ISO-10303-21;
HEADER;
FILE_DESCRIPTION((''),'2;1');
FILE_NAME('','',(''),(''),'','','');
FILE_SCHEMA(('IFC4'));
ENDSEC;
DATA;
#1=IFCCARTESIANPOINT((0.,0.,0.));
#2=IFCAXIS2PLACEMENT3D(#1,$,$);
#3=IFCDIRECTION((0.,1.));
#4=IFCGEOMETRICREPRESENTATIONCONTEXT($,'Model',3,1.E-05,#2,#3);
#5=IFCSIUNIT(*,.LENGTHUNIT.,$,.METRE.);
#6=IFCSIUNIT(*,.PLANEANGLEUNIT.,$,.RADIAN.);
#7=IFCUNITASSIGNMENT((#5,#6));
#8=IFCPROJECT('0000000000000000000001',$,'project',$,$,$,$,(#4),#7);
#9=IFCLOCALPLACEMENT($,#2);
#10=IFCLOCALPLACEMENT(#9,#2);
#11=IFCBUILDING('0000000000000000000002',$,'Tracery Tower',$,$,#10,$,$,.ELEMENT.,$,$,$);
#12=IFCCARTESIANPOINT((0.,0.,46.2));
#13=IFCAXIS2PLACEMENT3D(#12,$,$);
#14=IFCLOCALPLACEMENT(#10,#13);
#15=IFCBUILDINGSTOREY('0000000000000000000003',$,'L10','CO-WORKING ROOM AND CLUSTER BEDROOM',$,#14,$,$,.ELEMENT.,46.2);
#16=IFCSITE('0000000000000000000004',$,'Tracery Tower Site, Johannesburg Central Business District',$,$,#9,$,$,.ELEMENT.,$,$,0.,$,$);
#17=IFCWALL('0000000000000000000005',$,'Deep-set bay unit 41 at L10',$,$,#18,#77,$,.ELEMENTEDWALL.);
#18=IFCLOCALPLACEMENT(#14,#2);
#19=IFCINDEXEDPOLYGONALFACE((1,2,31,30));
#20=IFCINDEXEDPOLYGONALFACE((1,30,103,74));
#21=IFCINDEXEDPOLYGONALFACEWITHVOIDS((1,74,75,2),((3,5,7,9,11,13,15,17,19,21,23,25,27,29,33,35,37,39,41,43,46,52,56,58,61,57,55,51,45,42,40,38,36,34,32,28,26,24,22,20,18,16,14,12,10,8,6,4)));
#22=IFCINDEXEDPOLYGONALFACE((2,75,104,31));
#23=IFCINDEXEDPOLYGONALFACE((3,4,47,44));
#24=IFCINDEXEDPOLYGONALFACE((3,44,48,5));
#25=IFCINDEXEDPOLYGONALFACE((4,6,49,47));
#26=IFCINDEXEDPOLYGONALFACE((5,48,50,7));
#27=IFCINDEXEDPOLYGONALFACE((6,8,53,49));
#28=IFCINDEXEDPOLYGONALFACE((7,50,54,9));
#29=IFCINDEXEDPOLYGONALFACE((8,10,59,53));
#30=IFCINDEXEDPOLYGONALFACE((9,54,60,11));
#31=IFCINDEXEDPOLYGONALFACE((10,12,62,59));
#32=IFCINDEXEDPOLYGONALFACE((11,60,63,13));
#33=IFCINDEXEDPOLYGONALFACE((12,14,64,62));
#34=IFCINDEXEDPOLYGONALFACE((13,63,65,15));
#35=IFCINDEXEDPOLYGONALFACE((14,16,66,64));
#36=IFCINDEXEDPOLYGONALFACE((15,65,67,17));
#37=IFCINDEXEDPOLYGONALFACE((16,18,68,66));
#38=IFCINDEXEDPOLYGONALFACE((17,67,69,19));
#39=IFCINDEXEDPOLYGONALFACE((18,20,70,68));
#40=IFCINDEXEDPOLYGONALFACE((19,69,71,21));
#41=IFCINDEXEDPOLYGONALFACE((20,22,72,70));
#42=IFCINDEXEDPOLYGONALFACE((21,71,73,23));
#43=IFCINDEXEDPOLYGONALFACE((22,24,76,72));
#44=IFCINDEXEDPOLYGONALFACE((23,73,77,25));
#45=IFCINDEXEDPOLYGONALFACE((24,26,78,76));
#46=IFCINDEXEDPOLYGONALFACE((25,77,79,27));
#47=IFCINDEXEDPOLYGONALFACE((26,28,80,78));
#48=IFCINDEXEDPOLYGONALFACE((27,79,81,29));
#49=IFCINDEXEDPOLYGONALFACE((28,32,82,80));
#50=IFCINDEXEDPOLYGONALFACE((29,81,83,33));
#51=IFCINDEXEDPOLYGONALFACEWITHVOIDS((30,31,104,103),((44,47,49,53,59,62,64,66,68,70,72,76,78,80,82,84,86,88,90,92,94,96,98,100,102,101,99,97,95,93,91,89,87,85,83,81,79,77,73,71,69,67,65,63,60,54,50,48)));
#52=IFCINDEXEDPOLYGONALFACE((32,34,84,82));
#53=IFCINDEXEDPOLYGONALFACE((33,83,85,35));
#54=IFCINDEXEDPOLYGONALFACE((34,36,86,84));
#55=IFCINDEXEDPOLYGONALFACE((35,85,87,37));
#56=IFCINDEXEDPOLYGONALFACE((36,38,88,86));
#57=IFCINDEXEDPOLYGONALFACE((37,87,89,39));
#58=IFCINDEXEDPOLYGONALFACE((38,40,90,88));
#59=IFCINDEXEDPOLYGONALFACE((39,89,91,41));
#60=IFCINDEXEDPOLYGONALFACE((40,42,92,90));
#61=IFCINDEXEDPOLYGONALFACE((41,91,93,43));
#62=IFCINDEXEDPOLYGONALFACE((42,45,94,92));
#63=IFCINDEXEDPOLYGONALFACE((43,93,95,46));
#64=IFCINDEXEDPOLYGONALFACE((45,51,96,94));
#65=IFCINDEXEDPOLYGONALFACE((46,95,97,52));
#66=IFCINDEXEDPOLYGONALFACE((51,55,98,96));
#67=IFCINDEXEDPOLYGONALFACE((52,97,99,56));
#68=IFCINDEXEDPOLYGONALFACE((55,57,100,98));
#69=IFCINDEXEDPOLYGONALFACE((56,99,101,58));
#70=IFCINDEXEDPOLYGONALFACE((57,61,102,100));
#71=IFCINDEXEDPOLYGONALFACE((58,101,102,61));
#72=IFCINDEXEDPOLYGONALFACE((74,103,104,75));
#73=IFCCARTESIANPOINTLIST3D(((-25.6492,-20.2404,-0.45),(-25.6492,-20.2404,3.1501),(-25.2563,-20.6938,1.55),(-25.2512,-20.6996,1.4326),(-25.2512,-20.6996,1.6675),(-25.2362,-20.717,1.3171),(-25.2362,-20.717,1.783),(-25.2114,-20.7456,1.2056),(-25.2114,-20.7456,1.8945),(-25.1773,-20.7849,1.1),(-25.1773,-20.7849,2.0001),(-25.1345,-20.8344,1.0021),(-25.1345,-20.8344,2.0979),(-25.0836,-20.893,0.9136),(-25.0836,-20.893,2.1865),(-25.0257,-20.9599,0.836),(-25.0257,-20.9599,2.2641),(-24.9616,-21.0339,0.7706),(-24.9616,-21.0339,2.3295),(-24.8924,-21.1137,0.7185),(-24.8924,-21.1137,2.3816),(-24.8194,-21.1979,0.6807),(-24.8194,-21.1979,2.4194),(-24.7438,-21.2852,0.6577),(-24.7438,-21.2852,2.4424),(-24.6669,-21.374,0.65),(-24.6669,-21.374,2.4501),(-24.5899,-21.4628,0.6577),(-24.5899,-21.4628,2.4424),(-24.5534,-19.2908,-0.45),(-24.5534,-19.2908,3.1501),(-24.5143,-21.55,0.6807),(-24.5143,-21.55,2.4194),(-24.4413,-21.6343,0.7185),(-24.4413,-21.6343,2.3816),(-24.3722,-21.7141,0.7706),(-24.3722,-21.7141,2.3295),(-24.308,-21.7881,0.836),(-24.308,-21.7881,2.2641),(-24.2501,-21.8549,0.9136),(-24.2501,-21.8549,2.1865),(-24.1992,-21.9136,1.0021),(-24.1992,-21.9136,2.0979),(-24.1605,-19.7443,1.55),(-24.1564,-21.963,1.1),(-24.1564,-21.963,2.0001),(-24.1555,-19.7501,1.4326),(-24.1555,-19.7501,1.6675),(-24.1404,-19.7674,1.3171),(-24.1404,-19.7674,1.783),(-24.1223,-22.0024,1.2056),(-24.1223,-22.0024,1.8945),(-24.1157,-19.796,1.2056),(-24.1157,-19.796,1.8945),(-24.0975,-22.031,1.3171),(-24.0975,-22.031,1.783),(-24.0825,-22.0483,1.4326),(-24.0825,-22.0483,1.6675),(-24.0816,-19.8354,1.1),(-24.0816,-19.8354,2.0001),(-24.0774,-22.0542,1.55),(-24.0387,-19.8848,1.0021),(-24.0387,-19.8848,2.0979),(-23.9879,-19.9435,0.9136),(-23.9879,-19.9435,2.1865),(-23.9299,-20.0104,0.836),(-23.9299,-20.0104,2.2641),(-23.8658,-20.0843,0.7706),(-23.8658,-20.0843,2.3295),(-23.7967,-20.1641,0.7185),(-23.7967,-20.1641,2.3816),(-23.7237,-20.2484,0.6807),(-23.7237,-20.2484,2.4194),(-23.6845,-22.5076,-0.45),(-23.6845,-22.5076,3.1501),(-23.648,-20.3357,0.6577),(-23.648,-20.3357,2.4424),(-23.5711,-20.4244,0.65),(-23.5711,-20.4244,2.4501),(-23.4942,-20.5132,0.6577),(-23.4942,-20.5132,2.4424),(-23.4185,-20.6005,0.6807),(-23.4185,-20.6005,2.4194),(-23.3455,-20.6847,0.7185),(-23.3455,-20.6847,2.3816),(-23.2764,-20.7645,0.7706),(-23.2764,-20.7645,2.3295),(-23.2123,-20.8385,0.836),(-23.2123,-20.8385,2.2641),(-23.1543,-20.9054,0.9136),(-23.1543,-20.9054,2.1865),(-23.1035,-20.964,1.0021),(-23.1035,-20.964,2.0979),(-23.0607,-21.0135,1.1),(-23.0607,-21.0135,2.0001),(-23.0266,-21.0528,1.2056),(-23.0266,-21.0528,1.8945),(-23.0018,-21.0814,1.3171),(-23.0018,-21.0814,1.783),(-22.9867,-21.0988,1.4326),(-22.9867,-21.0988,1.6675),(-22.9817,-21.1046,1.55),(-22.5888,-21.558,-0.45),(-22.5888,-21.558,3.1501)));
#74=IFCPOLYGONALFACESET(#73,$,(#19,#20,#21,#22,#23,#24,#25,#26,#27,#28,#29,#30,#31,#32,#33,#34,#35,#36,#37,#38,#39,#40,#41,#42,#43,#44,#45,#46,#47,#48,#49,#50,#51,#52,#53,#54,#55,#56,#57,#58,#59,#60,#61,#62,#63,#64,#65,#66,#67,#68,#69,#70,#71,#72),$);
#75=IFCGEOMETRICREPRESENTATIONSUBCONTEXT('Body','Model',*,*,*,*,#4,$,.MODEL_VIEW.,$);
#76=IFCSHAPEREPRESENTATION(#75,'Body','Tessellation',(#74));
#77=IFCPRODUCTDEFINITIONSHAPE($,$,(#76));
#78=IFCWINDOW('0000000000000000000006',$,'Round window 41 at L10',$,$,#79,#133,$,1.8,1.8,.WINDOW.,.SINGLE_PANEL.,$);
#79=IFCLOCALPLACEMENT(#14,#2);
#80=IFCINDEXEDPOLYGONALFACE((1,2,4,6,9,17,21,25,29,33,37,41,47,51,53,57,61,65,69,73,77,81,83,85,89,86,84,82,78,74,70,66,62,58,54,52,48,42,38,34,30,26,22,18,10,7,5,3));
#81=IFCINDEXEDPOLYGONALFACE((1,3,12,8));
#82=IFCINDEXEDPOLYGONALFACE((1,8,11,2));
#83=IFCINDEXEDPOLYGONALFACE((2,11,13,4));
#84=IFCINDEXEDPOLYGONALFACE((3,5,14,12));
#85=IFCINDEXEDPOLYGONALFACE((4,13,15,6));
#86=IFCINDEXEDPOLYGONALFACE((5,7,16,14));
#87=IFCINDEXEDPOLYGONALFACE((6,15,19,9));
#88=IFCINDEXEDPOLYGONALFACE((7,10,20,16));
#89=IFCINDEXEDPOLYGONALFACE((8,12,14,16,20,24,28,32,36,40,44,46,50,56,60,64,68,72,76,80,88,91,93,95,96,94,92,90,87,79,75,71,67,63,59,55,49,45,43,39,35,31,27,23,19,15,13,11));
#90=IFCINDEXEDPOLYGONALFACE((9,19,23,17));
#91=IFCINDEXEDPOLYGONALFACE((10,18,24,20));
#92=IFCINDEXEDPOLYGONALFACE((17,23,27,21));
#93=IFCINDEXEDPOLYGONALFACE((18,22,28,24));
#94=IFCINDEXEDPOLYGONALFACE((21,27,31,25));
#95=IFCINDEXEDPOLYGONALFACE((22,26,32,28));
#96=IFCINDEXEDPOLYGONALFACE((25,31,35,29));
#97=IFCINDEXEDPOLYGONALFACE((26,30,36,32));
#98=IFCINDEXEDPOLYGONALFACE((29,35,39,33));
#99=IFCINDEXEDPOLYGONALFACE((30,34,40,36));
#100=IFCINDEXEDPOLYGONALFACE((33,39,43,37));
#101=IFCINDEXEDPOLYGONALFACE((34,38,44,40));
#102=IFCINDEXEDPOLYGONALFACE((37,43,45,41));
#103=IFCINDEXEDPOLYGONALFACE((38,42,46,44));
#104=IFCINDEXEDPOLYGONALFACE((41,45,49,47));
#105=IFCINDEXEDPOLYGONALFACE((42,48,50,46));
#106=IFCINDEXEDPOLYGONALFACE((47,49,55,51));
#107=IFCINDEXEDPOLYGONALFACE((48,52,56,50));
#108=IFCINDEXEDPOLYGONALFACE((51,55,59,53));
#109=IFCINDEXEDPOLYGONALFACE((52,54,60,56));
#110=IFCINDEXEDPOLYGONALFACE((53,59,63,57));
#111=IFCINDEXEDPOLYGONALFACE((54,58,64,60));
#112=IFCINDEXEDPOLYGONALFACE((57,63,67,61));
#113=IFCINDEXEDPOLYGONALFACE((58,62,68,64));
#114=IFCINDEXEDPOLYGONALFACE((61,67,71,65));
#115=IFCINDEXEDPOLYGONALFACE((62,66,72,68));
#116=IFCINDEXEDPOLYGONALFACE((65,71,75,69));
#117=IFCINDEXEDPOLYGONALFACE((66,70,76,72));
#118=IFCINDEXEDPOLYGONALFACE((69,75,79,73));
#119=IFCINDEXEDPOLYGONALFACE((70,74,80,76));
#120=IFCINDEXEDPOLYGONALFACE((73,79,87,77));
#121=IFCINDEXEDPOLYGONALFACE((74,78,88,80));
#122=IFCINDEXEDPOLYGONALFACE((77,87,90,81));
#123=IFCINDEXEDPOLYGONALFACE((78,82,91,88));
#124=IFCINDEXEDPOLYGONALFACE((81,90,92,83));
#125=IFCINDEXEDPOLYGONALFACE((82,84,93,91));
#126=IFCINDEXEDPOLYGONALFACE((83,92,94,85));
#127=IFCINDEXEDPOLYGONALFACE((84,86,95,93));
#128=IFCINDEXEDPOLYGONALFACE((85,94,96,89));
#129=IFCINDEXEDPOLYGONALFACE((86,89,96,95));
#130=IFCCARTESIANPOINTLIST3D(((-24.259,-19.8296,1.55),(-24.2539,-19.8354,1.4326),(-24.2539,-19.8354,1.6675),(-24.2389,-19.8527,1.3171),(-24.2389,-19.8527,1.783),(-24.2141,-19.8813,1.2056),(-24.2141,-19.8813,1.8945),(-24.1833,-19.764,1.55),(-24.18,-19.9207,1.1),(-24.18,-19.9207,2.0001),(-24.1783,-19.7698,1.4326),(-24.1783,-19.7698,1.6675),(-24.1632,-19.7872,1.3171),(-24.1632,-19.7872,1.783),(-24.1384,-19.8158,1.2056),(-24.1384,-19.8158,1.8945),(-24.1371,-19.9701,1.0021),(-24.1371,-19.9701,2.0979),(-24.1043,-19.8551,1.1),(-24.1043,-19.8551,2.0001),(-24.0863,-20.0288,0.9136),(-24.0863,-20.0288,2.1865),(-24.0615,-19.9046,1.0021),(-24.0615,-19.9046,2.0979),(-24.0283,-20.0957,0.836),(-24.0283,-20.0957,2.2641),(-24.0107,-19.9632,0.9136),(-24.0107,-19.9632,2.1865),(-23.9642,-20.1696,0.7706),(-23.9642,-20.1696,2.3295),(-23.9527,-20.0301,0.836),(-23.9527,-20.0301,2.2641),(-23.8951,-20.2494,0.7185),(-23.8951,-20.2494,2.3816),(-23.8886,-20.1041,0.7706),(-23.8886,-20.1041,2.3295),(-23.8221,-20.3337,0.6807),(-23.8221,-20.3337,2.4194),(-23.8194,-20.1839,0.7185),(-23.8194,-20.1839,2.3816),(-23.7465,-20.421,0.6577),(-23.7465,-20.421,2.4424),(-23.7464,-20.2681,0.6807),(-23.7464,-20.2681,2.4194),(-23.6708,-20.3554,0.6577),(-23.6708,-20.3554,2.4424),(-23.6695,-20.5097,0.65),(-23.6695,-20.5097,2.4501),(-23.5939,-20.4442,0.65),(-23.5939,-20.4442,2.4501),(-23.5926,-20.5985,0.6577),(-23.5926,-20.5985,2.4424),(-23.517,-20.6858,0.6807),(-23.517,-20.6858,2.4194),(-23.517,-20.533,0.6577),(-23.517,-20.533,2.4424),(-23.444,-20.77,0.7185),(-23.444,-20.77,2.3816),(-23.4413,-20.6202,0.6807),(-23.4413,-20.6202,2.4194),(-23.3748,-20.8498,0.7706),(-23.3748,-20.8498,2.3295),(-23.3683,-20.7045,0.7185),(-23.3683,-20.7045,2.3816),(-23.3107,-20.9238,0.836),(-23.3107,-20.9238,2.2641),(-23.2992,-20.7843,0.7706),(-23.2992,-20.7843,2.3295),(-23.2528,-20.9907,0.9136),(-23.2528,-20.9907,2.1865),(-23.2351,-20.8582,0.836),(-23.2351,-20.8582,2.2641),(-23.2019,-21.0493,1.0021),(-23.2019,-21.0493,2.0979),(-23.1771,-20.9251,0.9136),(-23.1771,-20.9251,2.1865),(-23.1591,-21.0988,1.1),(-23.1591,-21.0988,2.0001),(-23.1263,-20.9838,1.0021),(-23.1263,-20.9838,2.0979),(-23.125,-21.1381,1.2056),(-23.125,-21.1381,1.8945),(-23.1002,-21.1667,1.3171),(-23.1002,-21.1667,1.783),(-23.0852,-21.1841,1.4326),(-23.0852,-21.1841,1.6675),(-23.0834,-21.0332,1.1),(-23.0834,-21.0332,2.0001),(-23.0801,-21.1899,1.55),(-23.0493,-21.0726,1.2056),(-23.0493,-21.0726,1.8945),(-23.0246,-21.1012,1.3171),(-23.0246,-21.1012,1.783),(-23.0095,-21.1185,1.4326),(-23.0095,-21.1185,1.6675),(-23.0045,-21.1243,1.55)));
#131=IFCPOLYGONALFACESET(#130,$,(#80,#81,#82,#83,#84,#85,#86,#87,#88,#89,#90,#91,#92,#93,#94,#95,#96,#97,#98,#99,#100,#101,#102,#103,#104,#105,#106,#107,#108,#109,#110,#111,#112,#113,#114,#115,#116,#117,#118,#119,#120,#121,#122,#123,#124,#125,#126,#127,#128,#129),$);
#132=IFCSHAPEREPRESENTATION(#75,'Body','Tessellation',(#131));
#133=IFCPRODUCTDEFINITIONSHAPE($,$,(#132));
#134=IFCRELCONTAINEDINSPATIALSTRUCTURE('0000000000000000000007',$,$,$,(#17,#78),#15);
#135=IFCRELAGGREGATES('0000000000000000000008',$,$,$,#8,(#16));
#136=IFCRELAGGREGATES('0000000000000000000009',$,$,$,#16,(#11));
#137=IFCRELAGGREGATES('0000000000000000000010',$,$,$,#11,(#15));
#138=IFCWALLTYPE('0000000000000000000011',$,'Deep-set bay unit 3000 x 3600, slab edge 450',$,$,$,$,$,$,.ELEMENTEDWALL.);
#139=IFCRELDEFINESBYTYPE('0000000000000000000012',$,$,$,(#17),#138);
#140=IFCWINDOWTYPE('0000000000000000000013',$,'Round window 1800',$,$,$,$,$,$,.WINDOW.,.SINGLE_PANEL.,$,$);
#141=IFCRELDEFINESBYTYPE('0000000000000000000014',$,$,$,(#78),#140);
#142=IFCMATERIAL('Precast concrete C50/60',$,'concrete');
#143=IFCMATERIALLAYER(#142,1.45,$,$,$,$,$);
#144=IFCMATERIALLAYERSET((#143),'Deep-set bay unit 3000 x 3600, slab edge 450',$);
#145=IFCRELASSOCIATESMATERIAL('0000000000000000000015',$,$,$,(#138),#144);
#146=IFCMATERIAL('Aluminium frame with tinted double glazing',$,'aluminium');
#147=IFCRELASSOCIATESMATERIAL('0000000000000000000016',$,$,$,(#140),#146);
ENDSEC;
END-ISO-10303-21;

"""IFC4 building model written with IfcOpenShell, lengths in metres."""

from ifc_helpers import new_model, si_unit, direction, frame, frame_2d, origin, origin_2d, place, context, subcontext, project, spatial, rectangle, circle, extrude, material, layer, layer_set, type_object, element, fill, save


model = new_model("IFC4")

# Units and contexts
model_context = context("Model", 3, precision=1e-05, world=origin(), true_north=direction((0.0, 1.0)))
body_context = subcontext(model_context, "Body", "Model", "MODEL_VIEW")
ifc_project = project(units=[si_unit("LENGTHUNIT", "METRE"), si_unit("PLANEANGLEUNIT", "RADIAN")], contexts=[model_context])

# Site, building, storey
site_placement = place(None, origin())
site = spatial("IfcSite", under=ifc_project, at=site_placement, Name="Tracery Tower Site, Johannesburg Central Business District", CompositionType="ELEMENT", RefElevation=0.0)
building_placement = place(site_placement, origin())
building = spatial("IfcBuilding", under=site, at=building_placement, Name="Tracery Tower", CompositionType="ELEMENT")
storey_placement = place(building_placement, frame((0.0, 0.0, 46.2)))
storey = spatial("IfcBuildingStorey", under=building, at=storey_placement, Name="L10", Description="CO-WORKING ROOM AND CLUSTER BEDROOM", CompositionType="ELEMENT", Elevation=46.2)

# Wall, opening, window
ifc_material_1 = material(Name="Precast concrete C50/60", Category="concrete")
ifc_layer_1 = layer(ifc_material_1, 1.45)
ifc_layer_set_1 = layer_set([ifc_layer_1], Name="Deep-set bay unit 3000 x 3600, slab edge 450")
wall_type_1 = type_object("IfcWallType", Name="Deep-set bay unit 3000 x 3600, slab edge 450", PredefinedType="ELEMENTEDWALL", material=ifc_layer_set_1)
wall_1_placement = place(storey_placement, frame((-25.1013, -19.7656, -0.45), z_axis=(0.0, 0.0, 1.0), x_axis=(0.65489, -0.755724, 0.0)))
wall_1 = element("IfcWall", 1, at=wall_1_placement, inside=storey, type_object=wall_type_1, Name="Deep-set bay unit 41 at L10", PredefinedType="ELEMENTEDWALL", context=body_context, shape_type="SweptSolid", body=[
    extrude(rectangle(XDim=3.0, YDim=1.45, at=frame_2d((1.5, 0.0))), origin(), (0.0, 0.0, 1.0), 3.6001),
])
opening_1_placement = place(wall_1_placement, frame((1.5, 0.0, 2.0)))
opening_1 = element("IfcOpeningElement", 2, at=opening_1_placement, cuts=wall_1, PredefinedType="OPENING", context=body_context, shape_type="SweptSolid", body=[
    extrude(circle(Radius=0.9, at=origin_2d()), frame((0.0, 0.7349, 0.0), z_axis=(0.0, -1.0, 0.0), x_axis=(1.0, 0.0, 0.0)), (0.0, 0.0, 1.0), 1.47),
])
ifc_material_2 = material(Name="Aluminium frame with tinted double glazing", Category="aluminium")
window_type = type_object("IfcWindowType", Name="Round window 1800", PartitioningType="SINGLE_PANEL", PredefinedType="WINDOW", material=ifc_material_2)
window_1_placement = place(opening_1_placement, origin())
window_1 = element("IfcWindow", 3, at=window_1_placement, inside=storey, type_object=window_type, Name="Round window 41 at L10", OverallHeight=1.8, OverallWidth=1.8, PartitioningType="SINGLE_PANEL", PredefinedType="WINDOW", context=body_context, shape_type="SweptSolid", body=[
    extrude(circle(Radius=0.9, at=origin_2d()), frame((0.0, 0.6948, 0.0), z_axis=(0.0, -1.0, 0.0), x_axis=(1.0, 0.0, 0.0)), (0.0, 0.0, 1.0), 0.1001),
])
fill(opening_1, window_1)

save(model, "model.ifc")
